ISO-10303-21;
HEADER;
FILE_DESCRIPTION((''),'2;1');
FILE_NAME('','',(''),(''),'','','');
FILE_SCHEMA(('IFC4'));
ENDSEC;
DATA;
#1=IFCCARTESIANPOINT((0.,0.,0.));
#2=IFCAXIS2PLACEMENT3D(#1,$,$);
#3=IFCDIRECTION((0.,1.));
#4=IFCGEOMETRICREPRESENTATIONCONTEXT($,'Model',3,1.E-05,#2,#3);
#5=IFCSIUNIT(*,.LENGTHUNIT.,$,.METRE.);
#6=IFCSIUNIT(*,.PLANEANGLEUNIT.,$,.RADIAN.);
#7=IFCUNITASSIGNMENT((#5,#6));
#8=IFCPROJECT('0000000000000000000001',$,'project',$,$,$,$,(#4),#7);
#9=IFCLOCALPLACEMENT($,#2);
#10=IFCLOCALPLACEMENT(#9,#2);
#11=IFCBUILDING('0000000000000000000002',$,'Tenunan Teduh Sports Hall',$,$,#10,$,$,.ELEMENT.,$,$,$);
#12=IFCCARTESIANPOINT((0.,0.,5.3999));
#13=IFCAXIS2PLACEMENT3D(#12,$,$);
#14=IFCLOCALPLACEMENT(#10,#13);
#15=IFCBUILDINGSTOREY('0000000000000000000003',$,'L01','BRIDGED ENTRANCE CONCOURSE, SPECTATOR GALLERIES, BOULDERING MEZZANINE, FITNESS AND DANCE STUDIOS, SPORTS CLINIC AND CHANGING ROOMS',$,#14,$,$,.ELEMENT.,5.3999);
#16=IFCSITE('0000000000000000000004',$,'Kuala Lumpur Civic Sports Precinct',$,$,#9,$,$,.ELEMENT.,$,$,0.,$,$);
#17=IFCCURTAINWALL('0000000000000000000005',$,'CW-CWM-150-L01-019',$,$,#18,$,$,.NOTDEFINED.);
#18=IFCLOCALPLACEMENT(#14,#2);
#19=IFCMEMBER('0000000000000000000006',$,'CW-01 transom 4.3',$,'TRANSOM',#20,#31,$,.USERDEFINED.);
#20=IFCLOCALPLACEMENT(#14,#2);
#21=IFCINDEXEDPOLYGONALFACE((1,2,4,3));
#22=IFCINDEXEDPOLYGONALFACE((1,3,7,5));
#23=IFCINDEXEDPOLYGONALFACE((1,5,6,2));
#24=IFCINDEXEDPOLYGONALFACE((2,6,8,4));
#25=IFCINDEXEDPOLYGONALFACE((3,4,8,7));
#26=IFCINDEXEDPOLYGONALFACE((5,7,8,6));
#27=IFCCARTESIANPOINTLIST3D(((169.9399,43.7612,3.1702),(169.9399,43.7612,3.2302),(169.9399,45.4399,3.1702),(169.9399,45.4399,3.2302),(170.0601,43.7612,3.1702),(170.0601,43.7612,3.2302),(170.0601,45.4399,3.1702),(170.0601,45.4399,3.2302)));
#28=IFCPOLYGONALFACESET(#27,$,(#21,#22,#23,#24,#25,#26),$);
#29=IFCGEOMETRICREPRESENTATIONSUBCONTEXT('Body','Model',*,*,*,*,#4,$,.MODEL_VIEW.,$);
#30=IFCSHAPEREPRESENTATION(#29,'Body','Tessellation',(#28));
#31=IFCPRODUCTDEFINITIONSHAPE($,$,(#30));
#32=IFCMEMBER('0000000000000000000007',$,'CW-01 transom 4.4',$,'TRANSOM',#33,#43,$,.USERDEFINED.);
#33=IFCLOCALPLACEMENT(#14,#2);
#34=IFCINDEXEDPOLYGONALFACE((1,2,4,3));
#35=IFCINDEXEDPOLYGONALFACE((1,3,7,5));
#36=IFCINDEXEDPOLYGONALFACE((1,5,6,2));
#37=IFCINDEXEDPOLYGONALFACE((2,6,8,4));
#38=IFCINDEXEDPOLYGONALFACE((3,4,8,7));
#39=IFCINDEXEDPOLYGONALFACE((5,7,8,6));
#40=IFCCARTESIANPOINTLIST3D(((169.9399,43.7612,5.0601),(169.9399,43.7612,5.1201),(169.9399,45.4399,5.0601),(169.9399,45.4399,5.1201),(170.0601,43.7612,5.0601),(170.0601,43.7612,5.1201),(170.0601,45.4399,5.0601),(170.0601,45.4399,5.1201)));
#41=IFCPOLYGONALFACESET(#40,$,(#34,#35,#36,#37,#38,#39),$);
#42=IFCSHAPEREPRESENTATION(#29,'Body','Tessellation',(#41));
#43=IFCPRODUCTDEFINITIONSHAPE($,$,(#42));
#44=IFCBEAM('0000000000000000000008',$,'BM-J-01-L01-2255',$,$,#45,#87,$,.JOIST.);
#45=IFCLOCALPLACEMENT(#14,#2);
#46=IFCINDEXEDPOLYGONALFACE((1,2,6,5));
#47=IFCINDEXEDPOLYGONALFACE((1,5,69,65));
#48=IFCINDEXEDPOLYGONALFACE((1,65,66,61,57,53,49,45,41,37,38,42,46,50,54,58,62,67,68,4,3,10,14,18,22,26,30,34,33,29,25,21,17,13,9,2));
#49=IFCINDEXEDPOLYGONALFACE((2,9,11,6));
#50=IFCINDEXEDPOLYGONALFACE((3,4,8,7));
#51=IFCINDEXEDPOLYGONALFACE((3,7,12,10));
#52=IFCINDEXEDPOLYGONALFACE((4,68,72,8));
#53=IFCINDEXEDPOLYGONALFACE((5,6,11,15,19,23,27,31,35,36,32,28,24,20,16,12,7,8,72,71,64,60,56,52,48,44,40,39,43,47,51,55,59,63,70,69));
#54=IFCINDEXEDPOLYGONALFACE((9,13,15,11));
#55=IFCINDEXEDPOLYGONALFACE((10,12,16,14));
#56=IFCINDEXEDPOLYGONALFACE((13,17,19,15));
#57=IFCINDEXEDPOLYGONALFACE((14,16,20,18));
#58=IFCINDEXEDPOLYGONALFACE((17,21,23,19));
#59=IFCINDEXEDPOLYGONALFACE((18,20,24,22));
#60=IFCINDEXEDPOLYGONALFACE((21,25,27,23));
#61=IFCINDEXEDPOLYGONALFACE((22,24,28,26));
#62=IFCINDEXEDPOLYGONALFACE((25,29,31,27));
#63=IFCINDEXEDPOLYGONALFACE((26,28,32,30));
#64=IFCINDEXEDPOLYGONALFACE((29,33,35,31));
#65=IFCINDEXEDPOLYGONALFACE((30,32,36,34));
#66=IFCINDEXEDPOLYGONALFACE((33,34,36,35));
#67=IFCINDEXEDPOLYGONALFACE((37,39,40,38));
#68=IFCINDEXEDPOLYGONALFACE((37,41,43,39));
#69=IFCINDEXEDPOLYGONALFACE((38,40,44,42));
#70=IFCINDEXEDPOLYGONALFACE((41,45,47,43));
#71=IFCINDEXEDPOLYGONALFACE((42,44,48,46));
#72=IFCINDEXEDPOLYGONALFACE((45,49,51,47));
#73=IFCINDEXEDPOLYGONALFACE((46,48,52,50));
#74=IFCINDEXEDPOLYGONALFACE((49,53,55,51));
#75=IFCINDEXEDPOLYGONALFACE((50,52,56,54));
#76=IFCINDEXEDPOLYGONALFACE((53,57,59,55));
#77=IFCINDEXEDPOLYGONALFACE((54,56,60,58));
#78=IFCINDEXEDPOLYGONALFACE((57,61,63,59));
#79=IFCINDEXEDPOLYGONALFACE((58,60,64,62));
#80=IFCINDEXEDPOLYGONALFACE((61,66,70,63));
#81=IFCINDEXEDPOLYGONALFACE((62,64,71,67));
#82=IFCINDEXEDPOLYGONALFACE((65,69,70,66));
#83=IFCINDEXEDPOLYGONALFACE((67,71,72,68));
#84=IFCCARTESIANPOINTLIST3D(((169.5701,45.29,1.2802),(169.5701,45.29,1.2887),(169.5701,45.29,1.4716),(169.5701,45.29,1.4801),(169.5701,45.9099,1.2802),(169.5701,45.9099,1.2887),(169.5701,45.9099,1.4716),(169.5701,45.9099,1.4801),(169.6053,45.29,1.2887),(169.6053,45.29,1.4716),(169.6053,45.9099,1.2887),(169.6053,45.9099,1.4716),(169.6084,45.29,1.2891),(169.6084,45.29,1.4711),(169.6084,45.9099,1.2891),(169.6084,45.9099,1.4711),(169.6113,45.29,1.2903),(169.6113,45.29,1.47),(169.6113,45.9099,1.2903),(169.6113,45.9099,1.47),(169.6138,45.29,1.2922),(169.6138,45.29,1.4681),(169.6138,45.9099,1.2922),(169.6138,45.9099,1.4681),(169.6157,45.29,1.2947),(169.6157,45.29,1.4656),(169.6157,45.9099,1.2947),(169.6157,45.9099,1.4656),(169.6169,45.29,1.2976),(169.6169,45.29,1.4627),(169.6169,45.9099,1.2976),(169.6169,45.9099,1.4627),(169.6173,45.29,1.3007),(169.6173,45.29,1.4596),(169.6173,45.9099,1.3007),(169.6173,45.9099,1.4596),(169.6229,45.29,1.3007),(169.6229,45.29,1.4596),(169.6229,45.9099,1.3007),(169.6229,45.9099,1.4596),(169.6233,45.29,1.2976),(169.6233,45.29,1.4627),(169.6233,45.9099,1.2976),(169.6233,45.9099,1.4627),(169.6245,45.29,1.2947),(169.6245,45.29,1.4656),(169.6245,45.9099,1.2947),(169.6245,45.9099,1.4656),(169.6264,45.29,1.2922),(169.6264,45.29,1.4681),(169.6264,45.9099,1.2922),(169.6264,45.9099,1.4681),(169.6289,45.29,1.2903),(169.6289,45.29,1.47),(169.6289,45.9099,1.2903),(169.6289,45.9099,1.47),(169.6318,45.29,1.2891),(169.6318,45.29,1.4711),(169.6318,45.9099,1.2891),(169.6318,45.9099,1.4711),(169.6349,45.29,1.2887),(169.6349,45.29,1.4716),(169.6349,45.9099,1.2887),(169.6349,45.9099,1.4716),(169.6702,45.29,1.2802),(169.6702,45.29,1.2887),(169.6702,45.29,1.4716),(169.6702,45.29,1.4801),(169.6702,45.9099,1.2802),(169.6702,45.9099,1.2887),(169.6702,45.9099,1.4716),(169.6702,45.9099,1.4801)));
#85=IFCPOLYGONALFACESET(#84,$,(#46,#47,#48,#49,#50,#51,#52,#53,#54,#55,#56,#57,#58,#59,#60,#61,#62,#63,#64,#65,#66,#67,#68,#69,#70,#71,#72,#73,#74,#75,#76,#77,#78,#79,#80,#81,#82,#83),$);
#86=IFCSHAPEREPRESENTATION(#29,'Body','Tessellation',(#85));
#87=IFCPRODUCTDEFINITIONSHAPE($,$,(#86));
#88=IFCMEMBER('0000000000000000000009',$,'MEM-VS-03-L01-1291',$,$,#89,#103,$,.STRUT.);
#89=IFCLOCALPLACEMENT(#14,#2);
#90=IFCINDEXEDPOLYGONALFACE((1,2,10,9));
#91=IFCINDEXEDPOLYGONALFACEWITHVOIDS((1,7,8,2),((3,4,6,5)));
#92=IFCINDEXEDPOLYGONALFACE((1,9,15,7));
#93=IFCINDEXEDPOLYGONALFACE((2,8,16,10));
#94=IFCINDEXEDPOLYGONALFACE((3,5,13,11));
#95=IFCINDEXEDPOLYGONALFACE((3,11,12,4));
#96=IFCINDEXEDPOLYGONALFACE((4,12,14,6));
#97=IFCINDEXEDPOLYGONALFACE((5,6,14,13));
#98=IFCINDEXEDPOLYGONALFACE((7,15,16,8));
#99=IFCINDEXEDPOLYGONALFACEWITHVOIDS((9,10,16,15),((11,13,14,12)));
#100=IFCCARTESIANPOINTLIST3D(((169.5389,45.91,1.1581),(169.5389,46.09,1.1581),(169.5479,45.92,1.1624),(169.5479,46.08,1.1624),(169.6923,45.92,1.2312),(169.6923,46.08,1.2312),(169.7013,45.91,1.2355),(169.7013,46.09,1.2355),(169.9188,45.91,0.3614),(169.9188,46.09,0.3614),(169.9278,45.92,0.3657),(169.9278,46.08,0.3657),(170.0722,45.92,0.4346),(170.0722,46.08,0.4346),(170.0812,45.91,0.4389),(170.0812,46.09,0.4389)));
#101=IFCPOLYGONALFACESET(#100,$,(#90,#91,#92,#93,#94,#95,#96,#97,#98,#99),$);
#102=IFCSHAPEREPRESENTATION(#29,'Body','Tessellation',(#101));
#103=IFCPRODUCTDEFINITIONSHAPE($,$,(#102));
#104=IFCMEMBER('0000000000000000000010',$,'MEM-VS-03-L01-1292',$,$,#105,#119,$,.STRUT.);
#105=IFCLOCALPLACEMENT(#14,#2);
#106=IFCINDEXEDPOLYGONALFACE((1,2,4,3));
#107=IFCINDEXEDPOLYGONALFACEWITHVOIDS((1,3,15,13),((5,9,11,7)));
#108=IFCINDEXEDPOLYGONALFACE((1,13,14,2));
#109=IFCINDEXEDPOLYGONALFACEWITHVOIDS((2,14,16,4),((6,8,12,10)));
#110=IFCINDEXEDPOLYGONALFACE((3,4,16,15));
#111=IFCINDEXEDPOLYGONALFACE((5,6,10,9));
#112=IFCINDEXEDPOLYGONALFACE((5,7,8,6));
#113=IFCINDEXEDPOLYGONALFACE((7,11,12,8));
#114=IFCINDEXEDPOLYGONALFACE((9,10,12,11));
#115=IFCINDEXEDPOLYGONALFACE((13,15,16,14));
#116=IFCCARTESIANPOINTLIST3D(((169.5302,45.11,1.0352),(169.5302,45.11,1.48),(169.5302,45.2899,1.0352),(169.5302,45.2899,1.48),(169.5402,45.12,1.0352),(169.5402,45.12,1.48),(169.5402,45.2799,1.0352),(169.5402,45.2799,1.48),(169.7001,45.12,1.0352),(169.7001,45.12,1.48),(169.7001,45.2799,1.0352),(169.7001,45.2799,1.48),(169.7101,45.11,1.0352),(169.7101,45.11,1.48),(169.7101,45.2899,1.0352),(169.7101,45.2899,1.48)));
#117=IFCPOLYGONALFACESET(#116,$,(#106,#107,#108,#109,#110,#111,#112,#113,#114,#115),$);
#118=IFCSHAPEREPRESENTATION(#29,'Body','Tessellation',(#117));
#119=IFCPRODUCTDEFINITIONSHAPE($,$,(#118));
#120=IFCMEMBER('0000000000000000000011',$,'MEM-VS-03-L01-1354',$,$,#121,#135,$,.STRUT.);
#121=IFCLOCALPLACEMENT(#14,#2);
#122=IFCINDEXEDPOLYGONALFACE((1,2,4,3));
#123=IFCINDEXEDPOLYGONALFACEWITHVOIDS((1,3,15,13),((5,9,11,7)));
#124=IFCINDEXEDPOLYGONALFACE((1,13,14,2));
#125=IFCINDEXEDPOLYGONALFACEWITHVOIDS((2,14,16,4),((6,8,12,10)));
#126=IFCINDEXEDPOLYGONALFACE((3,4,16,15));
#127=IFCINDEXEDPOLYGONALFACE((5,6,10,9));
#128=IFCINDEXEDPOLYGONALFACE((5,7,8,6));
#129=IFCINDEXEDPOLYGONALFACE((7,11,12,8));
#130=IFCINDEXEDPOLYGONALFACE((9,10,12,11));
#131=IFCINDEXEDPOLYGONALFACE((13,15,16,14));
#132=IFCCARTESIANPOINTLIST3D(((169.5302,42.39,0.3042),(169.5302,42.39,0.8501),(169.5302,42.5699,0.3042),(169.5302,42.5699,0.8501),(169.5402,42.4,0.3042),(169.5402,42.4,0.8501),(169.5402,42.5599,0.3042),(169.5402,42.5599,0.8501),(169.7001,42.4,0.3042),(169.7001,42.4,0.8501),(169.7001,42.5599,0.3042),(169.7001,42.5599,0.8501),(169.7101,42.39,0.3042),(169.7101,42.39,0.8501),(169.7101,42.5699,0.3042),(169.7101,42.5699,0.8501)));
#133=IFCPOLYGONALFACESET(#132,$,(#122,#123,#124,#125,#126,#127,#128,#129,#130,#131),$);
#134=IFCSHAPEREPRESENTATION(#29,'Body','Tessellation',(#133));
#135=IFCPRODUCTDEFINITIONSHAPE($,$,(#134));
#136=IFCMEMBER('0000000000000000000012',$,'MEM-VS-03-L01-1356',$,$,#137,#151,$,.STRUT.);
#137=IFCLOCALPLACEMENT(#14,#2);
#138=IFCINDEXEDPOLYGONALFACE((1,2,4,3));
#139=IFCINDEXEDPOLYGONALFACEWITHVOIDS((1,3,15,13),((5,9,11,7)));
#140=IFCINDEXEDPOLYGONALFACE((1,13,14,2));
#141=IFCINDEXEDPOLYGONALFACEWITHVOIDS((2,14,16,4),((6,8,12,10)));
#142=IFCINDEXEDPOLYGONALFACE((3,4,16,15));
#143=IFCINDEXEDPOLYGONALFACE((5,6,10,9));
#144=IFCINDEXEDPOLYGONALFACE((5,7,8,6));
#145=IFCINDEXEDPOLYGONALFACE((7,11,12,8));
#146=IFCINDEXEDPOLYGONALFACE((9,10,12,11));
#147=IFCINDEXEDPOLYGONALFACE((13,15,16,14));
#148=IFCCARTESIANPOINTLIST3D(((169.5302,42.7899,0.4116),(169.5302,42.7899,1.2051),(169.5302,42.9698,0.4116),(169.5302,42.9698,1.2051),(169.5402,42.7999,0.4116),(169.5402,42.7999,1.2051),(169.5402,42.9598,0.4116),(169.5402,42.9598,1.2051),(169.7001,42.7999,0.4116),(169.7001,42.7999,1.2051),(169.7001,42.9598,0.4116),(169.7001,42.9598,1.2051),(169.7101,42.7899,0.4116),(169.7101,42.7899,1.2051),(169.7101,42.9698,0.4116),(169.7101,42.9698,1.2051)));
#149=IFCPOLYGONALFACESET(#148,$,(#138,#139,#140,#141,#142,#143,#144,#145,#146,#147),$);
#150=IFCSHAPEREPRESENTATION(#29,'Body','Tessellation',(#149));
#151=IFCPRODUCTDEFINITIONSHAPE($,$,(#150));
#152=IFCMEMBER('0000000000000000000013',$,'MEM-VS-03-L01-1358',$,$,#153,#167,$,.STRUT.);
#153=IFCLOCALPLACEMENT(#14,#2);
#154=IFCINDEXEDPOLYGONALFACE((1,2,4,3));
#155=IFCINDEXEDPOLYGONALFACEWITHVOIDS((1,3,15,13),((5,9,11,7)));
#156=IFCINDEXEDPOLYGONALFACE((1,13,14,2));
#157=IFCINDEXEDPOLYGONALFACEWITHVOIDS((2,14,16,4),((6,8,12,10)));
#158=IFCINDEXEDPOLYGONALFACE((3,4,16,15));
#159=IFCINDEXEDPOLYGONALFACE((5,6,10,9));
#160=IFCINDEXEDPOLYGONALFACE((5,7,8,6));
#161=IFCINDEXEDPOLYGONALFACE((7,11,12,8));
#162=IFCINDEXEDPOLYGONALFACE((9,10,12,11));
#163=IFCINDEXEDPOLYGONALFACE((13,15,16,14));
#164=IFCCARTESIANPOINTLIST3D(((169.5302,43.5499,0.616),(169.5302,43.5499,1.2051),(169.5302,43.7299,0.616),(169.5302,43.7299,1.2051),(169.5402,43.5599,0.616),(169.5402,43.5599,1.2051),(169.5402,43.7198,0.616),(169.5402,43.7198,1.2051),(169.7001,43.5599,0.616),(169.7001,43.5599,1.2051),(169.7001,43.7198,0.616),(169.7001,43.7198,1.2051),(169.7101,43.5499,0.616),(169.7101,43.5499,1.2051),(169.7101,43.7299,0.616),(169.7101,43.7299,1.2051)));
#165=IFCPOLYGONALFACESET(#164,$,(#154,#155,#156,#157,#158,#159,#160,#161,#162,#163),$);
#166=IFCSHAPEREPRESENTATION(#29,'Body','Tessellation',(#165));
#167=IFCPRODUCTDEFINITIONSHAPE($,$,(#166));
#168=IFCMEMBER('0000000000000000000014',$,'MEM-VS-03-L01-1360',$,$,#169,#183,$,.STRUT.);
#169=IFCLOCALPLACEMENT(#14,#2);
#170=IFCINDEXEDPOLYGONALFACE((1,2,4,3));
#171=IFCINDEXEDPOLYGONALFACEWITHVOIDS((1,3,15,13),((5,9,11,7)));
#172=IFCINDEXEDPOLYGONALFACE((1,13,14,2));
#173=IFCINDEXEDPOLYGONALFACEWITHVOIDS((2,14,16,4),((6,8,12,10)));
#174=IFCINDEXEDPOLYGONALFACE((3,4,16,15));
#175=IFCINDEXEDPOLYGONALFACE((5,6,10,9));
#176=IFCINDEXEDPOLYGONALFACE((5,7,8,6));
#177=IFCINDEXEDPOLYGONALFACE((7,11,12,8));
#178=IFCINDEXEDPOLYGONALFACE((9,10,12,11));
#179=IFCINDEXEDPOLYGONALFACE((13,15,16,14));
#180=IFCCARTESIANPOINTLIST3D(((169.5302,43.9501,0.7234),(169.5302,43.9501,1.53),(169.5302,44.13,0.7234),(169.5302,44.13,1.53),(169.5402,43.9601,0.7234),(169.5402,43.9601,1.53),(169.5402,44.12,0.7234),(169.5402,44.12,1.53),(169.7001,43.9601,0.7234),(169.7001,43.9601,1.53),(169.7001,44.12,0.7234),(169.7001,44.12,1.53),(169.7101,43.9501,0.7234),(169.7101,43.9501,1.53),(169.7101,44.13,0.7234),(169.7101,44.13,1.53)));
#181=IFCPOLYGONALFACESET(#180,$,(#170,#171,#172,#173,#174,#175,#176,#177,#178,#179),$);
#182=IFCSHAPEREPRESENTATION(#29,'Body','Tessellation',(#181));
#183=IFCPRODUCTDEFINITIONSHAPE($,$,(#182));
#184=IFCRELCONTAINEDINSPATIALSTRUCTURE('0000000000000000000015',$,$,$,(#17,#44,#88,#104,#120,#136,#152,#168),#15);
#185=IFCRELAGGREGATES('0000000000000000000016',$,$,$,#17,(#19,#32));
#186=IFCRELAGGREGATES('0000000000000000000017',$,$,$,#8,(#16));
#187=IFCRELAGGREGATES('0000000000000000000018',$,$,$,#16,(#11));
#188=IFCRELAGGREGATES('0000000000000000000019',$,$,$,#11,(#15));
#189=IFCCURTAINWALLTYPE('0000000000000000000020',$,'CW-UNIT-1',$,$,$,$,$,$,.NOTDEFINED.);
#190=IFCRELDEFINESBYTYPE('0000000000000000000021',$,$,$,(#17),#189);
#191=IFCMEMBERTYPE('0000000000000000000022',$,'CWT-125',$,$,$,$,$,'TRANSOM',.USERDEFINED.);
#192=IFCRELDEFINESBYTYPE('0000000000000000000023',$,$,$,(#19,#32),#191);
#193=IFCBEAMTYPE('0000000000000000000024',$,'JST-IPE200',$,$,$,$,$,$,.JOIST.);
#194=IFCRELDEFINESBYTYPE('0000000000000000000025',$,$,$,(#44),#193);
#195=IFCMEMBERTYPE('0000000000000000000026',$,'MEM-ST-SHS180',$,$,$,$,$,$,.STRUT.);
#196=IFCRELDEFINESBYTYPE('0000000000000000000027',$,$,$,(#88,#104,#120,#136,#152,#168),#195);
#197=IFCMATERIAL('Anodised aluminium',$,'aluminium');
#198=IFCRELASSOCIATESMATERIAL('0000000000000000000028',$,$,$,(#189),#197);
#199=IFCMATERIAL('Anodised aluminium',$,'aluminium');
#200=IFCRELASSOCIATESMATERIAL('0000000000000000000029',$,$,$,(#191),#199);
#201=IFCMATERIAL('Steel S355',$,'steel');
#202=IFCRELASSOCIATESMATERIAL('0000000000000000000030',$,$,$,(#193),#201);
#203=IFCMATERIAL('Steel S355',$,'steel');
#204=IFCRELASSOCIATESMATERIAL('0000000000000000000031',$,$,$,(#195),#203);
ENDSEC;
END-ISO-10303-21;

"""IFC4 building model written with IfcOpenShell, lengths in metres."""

from ifc_helpers import new_model, si_unit, direction, frame, origin, origin_2d, place, context, subcontext, project, spatial, rectangle, hollow_rectangle, i_section, extrude, material, material_profile, profile_set, type_object, element, aggregate, save


model = new_model("IFC4")

# Units and contexts
model_context = context("Model", 3, precision=1e-05, world=origin(), true_north=direction((0.0, 1.0)))
body_context = subcontext(model_context, "Body", "Model", "MODEL_VIEW")
ifc_project = project(units=[si_unit("LENGTHUNIT", "METRE"), si_unit("PLANEANGLEUNIT", "RADIAN")], contexts=[model_context])

# Site, building, storey
site_placement = place(None, origin())
site = spatial("IfcSite", under=ifc_project, at=site_placement, Name="Kuala Lumpur Civic Sports Precinct", CompositionType="ELEMENT", RefElevation=0.0)
building_placement = place(site_placement, origin())
building = spatial("IfcBuilding", under=site, at=building_placement, Name="Tenunan Teduh Sports Hall", CompositionType="ELEMENT")
storey_placement = place(building_placement, frame((0.0, 0.0, 5.3999)))
storey = spatial("IfcBuildingStorey", under=building, at=storey_placement, Name="L01", Description="BRIDGED ENTRANCE CONCOURSE, SPECTATOR GALLERIES, BOULDERING MEZZANINE, FITNESS AND DANCE STUDIOS, SPORTS CLINIC AND CHANGING ROOMS", CompositionType="ELEMENT", Elevation=5.3999)

# Curtain wall
ifc_material_1 = material(Name="Anodised aluminium", Category="aluminium")
curtain_wall_type = type_object("IfcCurtainWallType", Name="CW-UNIT-1", PredefinedType="NOTDEFINED", material=ifc_material_1)
curtain_wall_1_placement = place(storey_placement, origin())
curtain_wall_1 = element("IfcCurtainWall", 1, at=curtain_wall_1_placement, inside=storey, type_object=curtain_wall_type, Name="CW-CWM-150-L01-019", PredefinedType="NOTDEFINED")

# Members
ifc_material_2 = material(Name="Anodised aluminium", Category="aluminium")
ifc_material_profile_1 = material_profile(ifc_material_2, rectangle(XDim=0.0601, YDim=0.1201, at=origin_2d()), Name="CWT 60x120")
ifc_profile_set_1 = profile_set([ifc_material_profile_1], Name="Anodised aluminium")
member_type_1 = type_object("IfcMemberType", Name="CWT-125", ElementType="TRANSOM", PredefinedType="USERDEFINED", material=ifc_profile_set_1)
member_1_placement = place(storey_placement, frame((170.0, 43.7612, 3.2002), z_axis=(0.0, 1.0, 0.0), x_axis=(0.0, 0.0, 1.0)))
member_1 = element("IfcMember", 2, at=member_1_placement, type_object=member_type_1, Name="CW-01 transom 4.3", ObjectType="TRANSOM", PredefinedType="USERDEFINED", context=body_context, shape_type="SweptSolid", body=[
    extrude(rectangle(XDim=0.0601, YDim=0.1201, at=origin_2d()), origin(), (0.0, 0.0, 1.0), 1.6787),
])
member_2_placement = place(storey_placement, frame((170.0, 43.7612, 5.0901), z_axis=(0.0, 1.0, 0.0), x_axis=(0.0, 0.0, 1.0)))
member_2 = element("IfcMember", 3, at=member_2_placement, type_object=member_type_1, Name="CW-01 transom 4.4", ObjectType="TRANSOM", PredefinedType="USERDEFINED", context=body_context, shape_type="SweptSolid", body=[
    extrude(rectangle(XDim=0.0601, YDim=0.1201, at=origin_2d()), origin(), (0.0, 0.0, 1.0), 1.6787),
])

# Beam
ifc_material_3 = material(Name="Steel S355", Category="steel")
ifc_material_profile_2 = material_profile(ifc_material_3, i_section(OverallWidth=0.1001, OverallDepth=0.2, WebThickness=0.0056, FlangeThickness=0.0085, FilletRadius=0.012, at=origin_2d()), Name="IPE 200")
ifc_profile_set_2 = profile_set([ifc_material_profile_2], Name="Steel S355")
beam_type = type_object("IfcBeamType", Name="JST-IPE200", PredefinedType="JOIST", material=ifc_profile_set_2)
beam_placement = place(storey_placement, frame((169.6201, 45.29, 1.3801), z_axis=(0.0, 1.0, 0.0), x_axis=(-1.0, 0.0, 0.0)))
element("IfcBeam", 4, at=beam_placement, inside=storey, type_object=beam_type, Name="BM-J-01-L01-2255", PredefinedType="JOIST", context=body_context, shape_type="SweptSolid", body=[
    extrude(i_section(OverallWidth=0.1001, OverallDepth=0.2, WebThickness=0.0056, FlangeThickness=0.0085, FilletRadius=0.012, at=origin_2d()), origin(), (0.0, 0.0, 1.0), 0.6199),
])

# Members
ifc_material_4 = material(Name="Steel S355", Category="steel")
ifc_material_profile_3 = material_profile(ifc_material_4, hollow_rectangle(XDim=0.1799, YDim=0.1799, WallThickness=0.01, at=origin_2d()), Name="SHS 180x180x10.0")
ifc_profile_set_3 = profile_set([ifc_material_profile_3], Name="Steel S355")
member_type_2 = type_object("IfcMemberType", Name="MEM-ST-SHS180", PredefinedType="STRUT", material=ifc_profile_set_3)
member_3_placement = place(storey_placement, frame((170.0, 46.0, 0.4001), z_axis=(-0.430427, 0.0, 0.902625), x_axis=(0.0, -1.0, 0.0)))
element("IfcMember", 5, at=member_3_placement, inside=storey, type_object=member_type_2, Name="MEM-VS-03-L01-1291", PredefinedType="STRUT", context=body_context, shape_type="SweptSolid", body=[
    extrude(hollow_rectangle(XDim=0.1799, YDim=0.1799, WallThickness=0.01, at=origin_2d()), origin(), (0.0, 0.0, 1.0), 0.8826),
])
member_4_placement = place(storey_placement, frame((169.6201, 45.2, 1.0352), z_axis=(0.0, 0.0, 1.0), x_axis=(1.0, 0.0, 0.0)))
element("IfcMember", 6, at=member_4_placement, inside=storey, type_object=member_type_2, Name="MEM-VS-03-L01-1292", PredefinedType="STRUT", context=body_context, shape_type="SweptSolid", body=[
    extrude(hollow_rectangle(XDim=0.1799, YDim=0.1799, WallThickness=0.01, at=origin_2d()), origin(), (0.0, 0.0, 1.0), 0.4448),
])
member_5_placement = place(storey_placement, frame((169.6201, 42.48, 0.3042), z_axis=(0.0, 0.0, 1.0), x_axis=(1.0, 0.0, 0.0)))
element("IfcMember", 7, at=member_5_placement, inside=storey, type_object=member_type_2, Name="MEM-VS-03-L01-1354", PredefinedType="STRUT", context=body_context, shape_type="SweptSolid", body=[
    extrude(hollow_rectangle(XDim=0.1799, YDim=0.1799, WallThickness=0.01, at=origin_2d()), origin(), (0.0, 0.0, 1.0), 0.5459),
])
member_6_placement = place(storey_placement, frame((169.6201, 42.8799, 0.4116), z_axis=(0.0, 0.0, 1.0), x_axis=(1.0, 0.0, 0.0)))
element("IfcMember", 8, at=member_6_placement, inside=storey, type_object=member_type_2, Name="MEM-VS-03-L01-1356", PredefinedType="STRUT", context=body_context, shape_type="SweptSolid", body=[
    extrude(hollow_rectangle(XDim=0.1799, YDim=0.1799, WallThickness=0.01, at=origin_2d()), origin(), (0.0, 0.0, 1.0), 0.7935),
])
member_7_placement = place(storey_placement, frame((169.6201, 43.6399, 0.616), z_axis=(0.0, 0.0, 1.0), x_axis=(1.0, 0.0, 0.0)))
element("IfcMember", 9, at=member_7_placement, inside=storey, type_object=member_type_2, Name="MEM-VS-03-L01-1358", PredefinedType="STRUT", context=body_context, shape_type="SweptSolid", body=[
    extrude(hollow_rectangle(XDim=0.1799, YDim=0.1799, WallThickness=0.01, at=origin_2d()), origin(), (0.0, 0.0, 1.0), 0.5891),
])
member_8_placement = place(storey_placement, frame((169.6201, 44.04, 0.7234), z_axis=(0.0, 0.0, 1.0), x_axis=(1.0, 0.0, 0.0)))
element("IfcMember", 10, at=member_8_placement, inside=storey, type_object=member_type_2, Name="MEM-VS-03-L01-1360", PredefinedType="STRUT", context=body_context, shape_type="SweptSolid", body=[
    extrude(hollow_rectangle(XDim=0.1799, YDim=0.1799, WallThickness=0.01, at=origin_2d()), origin(), (0.0, 0.0, 1.0), 0.8066),
])

aggregate(curtain_wall_1, [member_1, member_2])

save(model, "model.ifc")
